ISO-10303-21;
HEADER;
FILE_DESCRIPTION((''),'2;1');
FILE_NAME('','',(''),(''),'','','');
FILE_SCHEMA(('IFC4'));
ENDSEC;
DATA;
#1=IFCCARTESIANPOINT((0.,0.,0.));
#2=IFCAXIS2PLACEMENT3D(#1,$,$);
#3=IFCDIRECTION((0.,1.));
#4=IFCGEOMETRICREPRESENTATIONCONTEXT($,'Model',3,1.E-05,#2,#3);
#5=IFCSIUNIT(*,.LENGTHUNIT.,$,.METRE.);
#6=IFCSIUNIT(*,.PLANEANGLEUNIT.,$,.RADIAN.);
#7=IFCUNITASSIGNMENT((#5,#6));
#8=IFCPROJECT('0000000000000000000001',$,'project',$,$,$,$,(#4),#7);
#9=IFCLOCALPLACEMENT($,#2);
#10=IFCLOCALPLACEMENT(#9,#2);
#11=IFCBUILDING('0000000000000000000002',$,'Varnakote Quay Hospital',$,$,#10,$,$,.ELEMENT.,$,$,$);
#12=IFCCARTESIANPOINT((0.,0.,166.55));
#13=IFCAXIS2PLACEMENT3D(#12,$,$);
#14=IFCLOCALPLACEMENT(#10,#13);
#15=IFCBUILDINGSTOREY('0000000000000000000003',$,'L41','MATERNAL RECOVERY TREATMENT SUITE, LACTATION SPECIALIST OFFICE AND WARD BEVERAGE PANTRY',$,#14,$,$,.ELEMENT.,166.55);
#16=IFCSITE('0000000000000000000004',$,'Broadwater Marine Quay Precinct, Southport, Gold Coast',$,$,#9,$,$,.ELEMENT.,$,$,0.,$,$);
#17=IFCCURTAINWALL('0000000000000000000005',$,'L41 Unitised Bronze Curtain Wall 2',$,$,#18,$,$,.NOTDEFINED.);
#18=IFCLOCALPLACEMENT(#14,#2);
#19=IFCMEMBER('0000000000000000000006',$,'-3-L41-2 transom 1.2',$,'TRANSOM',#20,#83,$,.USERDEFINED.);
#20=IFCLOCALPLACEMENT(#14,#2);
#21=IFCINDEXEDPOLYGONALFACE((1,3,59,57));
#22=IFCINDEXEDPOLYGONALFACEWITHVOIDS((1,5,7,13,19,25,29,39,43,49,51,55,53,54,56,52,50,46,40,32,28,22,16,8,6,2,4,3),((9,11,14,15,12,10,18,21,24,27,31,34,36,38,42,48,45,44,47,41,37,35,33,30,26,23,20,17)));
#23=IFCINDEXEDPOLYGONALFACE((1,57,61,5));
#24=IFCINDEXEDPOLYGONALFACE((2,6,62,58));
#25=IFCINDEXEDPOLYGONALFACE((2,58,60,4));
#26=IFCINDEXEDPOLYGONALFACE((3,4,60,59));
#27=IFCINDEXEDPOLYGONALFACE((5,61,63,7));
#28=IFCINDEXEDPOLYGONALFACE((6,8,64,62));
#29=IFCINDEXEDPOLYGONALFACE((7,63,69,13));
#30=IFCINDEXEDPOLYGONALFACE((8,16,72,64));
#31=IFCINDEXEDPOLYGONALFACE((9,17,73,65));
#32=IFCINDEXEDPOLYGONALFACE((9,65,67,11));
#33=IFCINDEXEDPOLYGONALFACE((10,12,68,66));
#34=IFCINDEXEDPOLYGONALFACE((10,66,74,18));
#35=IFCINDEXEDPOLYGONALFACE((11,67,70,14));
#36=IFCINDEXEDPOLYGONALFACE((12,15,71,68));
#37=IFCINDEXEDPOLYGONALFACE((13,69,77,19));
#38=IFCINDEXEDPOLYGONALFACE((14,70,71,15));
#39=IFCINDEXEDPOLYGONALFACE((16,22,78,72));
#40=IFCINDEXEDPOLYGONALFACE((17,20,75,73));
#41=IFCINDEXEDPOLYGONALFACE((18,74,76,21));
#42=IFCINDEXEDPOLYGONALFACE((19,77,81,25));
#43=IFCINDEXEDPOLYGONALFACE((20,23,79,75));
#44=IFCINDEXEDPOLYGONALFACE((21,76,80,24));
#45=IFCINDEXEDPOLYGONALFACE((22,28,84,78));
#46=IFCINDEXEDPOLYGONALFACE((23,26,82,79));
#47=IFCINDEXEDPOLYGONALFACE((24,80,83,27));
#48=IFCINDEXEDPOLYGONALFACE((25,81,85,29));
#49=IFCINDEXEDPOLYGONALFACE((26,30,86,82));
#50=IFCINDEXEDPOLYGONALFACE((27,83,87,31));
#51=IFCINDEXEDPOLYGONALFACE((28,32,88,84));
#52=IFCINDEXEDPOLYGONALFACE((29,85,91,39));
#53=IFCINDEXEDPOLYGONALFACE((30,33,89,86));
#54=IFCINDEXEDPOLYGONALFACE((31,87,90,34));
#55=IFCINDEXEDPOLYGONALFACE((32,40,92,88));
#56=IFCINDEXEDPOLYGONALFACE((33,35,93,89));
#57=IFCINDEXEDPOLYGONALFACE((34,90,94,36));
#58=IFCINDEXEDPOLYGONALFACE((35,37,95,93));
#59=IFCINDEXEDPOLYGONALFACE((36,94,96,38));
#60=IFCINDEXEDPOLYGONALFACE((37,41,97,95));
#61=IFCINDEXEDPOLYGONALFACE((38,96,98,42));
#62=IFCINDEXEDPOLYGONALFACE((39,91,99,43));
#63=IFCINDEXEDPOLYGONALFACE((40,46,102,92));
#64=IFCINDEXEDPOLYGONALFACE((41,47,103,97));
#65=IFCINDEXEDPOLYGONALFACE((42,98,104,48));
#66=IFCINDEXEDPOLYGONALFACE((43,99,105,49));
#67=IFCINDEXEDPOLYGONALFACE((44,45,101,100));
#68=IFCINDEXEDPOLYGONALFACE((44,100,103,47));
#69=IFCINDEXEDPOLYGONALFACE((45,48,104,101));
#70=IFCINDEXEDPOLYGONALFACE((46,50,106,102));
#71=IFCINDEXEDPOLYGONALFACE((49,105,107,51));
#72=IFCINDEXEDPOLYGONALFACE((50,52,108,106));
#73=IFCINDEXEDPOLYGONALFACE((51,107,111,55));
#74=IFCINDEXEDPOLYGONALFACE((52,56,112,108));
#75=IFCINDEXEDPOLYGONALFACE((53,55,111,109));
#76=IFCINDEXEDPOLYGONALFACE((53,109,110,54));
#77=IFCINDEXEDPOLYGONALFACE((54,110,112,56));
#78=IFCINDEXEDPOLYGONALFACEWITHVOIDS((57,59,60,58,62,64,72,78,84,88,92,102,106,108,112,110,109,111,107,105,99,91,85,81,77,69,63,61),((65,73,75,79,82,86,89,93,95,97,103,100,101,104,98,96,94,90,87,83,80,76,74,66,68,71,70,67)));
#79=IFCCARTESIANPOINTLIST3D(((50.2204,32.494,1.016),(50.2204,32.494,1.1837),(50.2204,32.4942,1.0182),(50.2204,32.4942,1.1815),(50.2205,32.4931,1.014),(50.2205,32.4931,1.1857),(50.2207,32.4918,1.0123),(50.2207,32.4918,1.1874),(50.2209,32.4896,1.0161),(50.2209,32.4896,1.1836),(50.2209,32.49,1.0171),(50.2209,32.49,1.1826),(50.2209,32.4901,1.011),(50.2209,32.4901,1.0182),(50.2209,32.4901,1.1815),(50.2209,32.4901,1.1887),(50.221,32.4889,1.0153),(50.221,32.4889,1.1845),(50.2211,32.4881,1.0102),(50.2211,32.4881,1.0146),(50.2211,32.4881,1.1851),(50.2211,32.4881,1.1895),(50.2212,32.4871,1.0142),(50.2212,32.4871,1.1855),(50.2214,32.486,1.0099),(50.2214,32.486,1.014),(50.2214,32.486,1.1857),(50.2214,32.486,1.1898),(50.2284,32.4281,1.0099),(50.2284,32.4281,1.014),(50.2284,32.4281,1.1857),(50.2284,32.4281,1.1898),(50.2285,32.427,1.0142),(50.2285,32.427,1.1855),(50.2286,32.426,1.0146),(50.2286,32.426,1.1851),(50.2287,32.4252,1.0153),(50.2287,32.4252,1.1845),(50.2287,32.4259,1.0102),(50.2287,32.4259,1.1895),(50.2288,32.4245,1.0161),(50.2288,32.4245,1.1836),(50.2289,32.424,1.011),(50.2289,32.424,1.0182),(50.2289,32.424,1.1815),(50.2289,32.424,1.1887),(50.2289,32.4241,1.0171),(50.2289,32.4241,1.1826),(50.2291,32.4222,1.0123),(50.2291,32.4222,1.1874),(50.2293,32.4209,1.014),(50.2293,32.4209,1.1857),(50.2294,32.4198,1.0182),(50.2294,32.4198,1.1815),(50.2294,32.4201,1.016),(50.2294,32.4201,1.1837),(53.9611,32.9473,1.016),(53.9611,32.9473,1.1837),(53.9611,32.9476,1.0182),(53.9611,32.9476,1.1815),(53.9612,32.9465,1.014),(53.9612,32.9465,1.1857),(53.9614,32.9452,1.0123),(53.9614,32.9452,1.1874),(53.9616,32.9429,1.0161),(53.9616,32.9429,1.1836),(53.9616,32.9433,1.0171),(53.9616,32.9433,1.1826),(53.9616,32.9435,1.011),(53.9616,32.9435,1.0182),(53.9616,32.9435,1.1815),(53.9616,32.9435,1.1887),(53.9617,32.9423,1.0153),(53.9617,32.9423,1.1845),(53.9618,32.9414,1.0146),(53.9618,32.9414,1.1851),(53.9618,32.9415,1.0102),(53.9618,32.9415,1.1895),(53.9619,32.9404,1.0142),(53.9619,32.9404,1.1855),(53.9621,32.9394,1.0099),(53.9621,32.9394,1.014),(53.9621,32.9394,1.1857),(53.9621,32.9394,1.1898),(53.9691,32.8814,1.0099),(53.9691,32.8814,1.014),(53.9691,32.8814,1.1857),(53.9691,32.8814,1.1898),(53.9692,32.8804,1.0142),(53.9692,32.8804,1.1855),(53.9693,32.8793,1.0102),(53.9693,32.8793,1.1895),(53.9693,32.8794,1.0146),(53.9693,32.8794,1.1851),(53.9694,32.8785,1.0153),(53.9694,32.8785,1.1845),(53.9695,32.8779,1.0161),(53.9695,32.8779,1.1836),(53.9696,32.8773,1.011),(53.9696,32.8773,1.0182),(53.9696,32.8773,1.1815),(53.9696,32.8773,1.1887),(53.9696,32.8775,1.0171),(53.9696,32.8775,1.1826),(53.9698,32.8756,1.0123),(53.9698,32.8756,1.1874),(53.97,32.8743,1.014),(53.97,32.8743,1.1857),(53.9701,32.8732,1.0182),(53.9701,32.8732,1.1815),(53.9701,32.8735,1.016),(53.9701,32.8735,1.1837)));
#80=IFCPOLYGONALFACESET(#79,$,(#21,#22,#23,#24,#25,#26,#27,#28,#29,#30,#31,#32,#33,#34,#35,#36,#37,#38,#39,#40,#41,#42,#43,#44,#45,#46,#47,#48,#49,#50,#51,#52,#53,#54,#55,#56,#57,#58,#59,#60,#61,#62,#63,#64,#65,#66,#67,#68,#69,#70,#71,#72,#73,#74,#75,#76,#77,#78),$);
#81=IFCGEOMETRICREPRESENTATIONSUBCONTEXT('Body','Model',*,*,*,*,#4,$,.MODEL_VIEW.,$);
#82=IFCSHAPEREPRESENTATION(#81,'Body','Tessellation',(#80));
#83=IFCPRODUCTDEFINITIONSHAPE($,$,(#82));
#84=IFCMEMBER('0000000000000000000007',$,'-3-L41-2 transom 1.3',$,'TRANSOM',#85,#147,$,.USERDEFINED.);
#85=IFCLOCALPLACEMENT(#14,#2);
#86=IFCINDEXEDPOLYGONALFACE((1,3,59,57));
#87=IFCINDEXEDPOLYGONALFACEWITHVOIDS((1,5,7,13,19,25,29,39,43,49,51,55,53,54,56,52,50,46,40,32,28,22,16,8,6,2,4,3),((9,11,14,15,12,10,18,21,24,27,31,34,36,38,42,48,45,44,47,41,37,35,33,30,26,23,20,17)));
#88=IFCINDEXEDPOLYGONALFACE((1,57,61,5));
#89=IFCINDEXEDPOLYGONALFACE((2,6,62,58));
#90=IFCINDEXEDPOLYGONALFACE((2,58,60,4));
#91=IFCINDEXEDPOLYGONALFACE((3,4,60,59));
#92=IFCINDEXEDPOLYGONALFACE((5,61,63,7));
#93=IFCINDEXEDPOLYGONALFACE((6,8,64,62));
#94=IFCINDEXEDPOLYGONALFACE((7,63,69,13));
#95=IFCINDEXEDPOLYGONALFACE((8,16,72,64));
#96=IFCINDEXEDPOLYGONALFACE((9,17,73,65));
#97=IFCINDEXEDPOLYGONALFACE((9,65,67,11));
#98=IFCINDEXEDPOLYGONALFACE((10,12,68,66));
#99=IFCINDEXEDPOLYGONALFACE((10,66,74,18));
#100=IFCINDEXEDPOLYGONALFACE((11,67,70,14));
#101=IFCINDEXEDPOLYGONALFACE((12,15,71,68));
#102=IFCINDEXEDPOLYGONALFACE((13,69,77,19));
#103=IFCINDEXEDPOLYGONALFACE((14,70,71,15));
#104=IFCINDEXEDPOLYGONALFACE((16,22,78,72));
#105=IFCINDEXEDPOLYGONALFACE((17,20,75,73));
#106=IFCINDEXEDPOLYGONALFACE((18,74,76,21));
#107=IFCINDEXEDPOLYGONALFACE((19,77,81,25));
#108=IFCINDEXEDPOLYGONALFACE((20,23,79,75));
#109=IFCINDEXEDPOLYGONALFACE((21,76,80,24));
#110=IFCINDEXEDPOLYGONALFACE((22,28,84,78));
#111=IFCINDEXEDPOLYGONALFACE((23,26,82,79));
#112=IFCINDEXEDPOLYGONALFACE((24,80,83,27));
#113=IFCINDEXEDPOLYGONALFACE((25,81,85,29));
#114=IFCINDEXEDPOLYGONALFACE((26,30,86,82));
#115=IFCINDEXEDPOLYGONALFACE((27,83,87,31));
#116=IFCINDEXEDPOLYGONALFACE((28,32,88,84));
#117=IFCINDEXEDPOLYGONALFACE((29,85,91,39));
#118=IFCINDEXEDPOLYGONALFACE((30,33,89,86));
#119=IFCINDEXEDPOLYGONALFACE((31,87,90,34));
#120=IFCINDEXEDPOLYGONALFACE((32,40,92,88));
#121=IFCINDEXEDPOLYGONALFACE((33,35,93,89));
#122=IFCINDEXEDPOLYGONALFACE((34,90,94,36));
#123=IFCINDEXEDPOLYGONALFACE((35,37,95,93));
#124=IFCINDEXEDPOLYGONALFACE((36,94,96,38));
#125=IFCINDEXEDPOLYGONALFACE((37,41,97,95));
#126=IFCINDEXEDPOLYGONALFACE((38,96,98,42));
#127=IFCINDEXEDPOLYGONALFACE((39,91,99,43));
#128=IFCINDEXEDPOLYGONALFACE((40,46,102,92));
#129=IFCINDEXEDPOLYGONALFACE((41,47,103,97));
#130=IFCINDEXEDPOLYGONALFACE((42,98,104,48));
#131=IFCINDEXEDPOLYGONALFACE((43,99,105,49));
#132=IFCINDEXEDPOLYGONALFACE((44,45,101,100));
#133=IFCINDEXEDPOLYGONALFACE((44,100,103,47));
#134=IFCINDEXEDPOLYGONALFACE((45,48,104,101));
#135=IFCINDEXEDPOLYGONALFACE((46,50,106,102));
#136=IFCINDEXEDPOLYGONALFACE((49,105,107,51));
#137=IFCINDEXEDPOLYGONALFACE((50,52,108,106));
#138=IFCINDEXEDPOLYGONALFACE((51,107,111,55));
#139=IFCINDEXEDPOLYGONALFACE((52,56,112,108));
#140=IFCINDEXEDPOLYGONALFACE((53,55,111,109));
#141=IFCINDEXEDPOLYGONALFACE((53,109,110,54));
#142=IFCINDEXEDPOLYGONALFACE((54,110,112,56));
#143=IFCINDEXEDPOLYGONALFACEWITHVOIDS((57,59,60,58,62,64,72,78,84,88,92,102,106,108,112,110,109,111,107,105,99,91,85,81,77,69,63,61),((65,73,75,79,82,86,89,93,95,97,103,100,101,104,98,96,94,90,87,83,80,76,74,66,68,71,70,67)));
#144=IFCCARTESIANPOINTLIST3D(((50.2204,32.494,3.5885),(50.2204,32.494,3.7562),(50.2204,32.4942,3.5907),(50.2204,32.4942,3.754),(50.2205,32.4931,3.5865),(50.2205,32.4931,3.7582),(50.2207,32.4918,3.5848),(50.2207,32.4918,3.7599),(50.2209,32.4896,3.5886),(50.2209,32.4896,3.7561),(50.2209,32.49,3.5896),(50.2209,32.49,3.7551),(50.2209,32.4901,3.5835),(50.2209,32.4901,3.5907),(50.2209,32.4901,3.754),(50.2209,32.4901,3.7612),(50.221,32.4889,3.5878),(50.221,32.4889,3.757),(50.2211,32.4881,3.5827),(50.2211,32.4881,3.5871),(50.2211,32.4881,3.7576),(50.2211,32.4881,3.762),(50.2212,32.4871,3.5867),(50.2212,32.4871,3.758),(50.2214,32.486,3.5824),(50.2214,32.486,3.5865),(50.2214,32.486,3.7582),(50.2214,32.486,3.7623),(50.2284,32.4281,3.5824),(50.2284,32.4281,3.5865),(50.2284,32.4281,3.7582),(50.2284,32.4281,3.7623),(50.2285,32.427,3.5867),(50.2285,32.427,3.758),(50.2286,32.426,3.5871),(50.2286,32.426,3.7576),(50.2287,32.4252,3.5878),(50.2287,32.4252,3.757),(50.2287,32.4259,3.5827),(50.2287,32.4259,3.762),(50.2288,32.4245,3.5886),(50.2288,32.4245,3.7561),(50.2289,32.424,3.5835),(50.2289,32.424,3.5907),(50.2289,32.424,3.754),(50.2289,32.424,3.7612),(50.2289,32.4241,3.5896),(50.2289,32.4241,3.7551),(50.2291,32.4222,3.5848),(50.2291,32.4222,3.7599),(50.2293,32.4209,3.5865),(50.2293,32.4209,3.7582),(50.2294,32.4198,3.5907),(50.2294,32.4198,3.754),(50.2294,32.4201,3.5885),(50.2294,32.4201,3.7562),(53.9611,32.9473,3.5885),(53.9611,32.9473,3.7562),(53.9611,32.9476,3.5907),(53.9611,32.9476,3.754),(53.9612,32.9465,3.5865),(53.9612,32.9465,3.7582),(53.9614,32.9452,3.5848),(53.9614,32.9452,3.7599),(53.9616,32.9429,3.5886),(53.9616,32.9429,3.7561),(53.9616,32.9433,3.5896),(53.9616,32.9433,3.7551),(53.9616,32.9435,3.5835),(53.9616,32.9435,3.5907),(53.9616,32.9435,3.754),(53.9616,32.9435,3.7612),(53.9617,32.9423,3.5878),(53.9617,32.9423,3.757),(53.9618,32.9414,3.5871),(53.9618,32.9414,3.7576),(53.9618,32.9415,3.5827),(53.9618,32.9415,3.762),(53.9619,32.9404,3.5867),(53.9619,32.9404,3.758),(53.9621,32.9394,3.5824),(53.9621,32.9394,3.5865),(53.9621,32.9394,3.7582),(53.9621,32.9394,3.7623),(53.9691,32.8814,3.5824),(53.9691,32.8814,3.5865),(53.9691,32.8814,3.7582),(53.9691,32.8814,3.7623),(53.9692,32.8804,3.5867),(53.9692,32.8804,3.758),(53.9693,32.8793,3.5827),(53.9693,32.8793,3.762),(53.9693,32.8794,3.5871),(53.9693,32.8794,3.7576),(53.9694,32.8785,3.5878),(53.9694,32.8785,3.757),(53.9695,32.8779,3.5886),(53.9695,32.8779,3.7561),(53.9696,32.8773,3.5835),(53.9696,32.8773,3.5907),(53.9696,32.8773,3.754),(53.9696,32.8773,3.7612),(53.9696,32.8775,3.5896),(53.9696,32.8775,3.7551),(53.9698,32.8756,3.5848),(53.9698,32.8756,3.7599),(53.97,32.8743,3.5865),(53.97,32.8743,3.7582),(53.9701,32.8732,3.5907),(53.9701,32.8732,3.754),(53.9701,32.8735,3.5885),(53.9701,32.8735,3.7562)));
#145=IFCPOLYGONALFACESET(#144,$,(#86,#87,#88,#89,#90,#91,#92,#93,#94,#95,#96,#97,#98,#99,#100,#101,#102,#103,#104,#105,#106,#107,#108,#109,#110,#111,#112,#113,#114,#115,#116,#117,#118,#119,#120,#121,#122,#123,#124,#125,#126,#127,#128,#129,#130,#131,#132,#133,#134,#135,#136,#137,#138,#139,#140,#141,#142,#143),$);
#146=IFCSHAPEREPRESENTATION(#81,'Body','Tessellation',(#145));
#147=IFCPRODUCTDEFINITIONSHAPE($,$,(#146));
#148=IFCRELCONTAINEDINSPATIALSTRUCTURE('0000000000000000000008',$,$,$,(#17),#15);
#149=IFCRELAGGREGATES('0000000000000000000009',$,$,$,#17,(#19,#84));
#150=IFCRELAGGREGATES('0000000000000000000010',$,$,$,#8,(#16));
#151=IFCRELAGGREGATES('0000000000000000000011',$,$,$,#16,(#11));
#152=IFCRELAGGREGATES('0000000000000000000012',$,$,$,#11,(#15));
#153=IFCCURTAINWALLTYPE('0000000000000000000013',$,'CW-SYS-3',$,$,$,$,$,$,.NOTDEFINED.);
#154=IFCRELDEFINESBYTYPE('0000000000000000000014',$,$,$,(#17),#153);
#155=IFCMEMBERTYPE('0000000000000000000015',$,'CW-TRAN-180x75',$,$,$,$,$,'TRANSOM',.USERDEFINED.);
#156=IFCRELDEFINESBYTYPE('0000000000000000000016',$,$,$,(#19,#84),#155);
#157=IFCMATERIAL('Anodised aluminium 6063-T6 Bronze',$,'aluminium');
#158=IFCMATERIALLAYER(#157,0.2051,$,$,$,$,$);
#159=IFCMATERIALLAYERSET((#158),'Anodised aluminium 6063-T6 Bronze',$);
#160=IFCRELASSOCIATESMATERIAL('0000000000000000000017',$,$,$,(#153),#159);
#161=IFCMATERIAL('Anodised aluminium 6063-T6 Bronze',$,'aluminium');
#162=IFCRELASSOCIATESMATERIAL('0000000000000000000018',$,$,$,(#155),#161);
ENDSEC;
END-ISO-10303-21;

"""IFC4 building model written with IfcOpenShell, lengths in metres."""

from ifc_helpers import new_model, si_unit, direction, frame, origin, origin_2d, place, context, subcontext, project, spatial, hollow_rectangle, extrude, material, layer, layer_set, material_profile, profile_set, type_object, element, aggregate, save


model = new_model("IFC4")

# Units and contexts
model_context = context("Model", 3, precision=1e-05, world=origin(), true_north=direction((0.0, 1.0)))
body_context = subcontext(model_context, "Body", "Model", "MODEL_VIEW")
ifc_project = project(units=[si_unit("LENGTHUNIT", "METRE"), si_unit("PLANEANGLEUNIT", "RADIAN")], contexts=[model_context])

# Site, building, storey
site_placement = place(None, origin())
site = spatial("IfcSite", under=ifc_project, at=site_placement, Name="Broadwater Marine Quay Precinct, Southport, Gold Coast", CompositionType="ELEMENT", RefElevation=0.0)
building_placement = place(site_placement, origin())
building = spatial("IfcBuilding", under=site, at=building_placement, Name="Varnakote Quay Hospital", CompositionType="ELEMENT")
storey_placement = place(building_placement, frame((0.0, 0.0, 166.55)))
storey = spatial("IfcBuildingStorey", under=building, at=storey_placement, Name="L41", Description="MATERNAL RECOVERY TREATMENT SUITE, LACTATION SPECIALIST OFFICE AND WARD BEVERAGE PANTRY", CompositionType="ELEMENT", Elevation=166.55)

# Shared definitions
ifc_material_1 = material(Name="Anodised aluminium 6063-T6 Bronze", Category="aluminium")
ifc_layer_1 = layer(ifc_material_1, 0.2051)
ifc_layer_set_1 = layer_set([ifc_layer_1], Name="Anodised aluminium 6063-T6 Bronze")
curtain_wall_type = type_object("IfcCurtainWallType", Name="CW-SYS-3", PredefinedType="NOTDEFINED", material=ifc_layer_set_1)

# Curtain wall, members
curtain_wall_1_placement = place(storey_placement, origin())
curtain_wall_1 = element("IfcCurtainWall", 1, at=curtain_wall_1_placement, inside=storey, type_object=curtain_wall_type, Name="L41 Unitised Bronze Curtain Wall 2", PredefinedType="NOTDEFINED")
ifc_material_2 = material(Name="Anodised aluminium 6063-T6 Bronze", Category="aluminium")
ifc_material_profile_1 = material_profile(ifc_material_2, hollow_rectangle(XDim=0.075, YDim=0.1799, WallThickness=0.0042, InnerFilletRadius=0.0042, OuterFilletRadius=0.0083, at=origin_2d()), Name="CW-TRAN-180x75")
ifc_profile_set_1 = profile_set([ifc_material_profile_1], Name="Anodised aluminium 6063-T6 Bronze")
member_type_1 = type_object("IfcMemberType", Name="CW-TRAN-180x75", ElementType="TRANSOM", PredefinedType="USERDEFINED", material=ifc_profile_set_1)
member_1_placement = place(storey_placement, frame((53.9656, 32.9104, 1.0999), z_axis=(-0.992735, -0.120318, 0.0), x_axis=(0.120318, -0.992735, 0.0)))
member_1 = element("IfcMember", 2, at=member_1_placement, type_object=member_type_1, Name="-3-L41-2 transom 1.2", ObjectType="TRANSOM", PredefinedType="USERDEFINED", context=body_context, shape_type="SweptSolid", body=[
    extrude(hollow_rectangle(XDim=0.075, YDim=0.1799, WallThickness=0.0042, InnerFilletRadius=0.0042, OuterFilletRadius=0.0083, at=origin_2d()), origin(), (0.0, 0.0, 1.0), 3.7681),
])
member_2_placement = place(storey_placement, frame((53.9656, 32.9104, 3.6724), z_axis=(-0.992735, -0.120318, 0.0), x_axis=(0.120318, -0.992735, 0.0)))
member_2 = element("IfcMember", 3, at=member_2_placement, type_object=member_type_1, Name="-3-L41-2 transom 1.3", ObjectType="TRANSOM", PredefinedType="USERDEFINED", context=body_context, shape_type="SweptSolid", body=[
    extrude(hollow_rectangle(XDim=0.075, YDim=0.1799, WallThickness=0.0042, InnerFilletRadius=0.0042, OuterFilletRadius=0.0083, at=origin_2d()), origin(), (0.0, 0.0, 1.0), 3.7681),
])

aggregate(curtain_wall_1, [member_1, member_2])

save(model, "model.ifc")
